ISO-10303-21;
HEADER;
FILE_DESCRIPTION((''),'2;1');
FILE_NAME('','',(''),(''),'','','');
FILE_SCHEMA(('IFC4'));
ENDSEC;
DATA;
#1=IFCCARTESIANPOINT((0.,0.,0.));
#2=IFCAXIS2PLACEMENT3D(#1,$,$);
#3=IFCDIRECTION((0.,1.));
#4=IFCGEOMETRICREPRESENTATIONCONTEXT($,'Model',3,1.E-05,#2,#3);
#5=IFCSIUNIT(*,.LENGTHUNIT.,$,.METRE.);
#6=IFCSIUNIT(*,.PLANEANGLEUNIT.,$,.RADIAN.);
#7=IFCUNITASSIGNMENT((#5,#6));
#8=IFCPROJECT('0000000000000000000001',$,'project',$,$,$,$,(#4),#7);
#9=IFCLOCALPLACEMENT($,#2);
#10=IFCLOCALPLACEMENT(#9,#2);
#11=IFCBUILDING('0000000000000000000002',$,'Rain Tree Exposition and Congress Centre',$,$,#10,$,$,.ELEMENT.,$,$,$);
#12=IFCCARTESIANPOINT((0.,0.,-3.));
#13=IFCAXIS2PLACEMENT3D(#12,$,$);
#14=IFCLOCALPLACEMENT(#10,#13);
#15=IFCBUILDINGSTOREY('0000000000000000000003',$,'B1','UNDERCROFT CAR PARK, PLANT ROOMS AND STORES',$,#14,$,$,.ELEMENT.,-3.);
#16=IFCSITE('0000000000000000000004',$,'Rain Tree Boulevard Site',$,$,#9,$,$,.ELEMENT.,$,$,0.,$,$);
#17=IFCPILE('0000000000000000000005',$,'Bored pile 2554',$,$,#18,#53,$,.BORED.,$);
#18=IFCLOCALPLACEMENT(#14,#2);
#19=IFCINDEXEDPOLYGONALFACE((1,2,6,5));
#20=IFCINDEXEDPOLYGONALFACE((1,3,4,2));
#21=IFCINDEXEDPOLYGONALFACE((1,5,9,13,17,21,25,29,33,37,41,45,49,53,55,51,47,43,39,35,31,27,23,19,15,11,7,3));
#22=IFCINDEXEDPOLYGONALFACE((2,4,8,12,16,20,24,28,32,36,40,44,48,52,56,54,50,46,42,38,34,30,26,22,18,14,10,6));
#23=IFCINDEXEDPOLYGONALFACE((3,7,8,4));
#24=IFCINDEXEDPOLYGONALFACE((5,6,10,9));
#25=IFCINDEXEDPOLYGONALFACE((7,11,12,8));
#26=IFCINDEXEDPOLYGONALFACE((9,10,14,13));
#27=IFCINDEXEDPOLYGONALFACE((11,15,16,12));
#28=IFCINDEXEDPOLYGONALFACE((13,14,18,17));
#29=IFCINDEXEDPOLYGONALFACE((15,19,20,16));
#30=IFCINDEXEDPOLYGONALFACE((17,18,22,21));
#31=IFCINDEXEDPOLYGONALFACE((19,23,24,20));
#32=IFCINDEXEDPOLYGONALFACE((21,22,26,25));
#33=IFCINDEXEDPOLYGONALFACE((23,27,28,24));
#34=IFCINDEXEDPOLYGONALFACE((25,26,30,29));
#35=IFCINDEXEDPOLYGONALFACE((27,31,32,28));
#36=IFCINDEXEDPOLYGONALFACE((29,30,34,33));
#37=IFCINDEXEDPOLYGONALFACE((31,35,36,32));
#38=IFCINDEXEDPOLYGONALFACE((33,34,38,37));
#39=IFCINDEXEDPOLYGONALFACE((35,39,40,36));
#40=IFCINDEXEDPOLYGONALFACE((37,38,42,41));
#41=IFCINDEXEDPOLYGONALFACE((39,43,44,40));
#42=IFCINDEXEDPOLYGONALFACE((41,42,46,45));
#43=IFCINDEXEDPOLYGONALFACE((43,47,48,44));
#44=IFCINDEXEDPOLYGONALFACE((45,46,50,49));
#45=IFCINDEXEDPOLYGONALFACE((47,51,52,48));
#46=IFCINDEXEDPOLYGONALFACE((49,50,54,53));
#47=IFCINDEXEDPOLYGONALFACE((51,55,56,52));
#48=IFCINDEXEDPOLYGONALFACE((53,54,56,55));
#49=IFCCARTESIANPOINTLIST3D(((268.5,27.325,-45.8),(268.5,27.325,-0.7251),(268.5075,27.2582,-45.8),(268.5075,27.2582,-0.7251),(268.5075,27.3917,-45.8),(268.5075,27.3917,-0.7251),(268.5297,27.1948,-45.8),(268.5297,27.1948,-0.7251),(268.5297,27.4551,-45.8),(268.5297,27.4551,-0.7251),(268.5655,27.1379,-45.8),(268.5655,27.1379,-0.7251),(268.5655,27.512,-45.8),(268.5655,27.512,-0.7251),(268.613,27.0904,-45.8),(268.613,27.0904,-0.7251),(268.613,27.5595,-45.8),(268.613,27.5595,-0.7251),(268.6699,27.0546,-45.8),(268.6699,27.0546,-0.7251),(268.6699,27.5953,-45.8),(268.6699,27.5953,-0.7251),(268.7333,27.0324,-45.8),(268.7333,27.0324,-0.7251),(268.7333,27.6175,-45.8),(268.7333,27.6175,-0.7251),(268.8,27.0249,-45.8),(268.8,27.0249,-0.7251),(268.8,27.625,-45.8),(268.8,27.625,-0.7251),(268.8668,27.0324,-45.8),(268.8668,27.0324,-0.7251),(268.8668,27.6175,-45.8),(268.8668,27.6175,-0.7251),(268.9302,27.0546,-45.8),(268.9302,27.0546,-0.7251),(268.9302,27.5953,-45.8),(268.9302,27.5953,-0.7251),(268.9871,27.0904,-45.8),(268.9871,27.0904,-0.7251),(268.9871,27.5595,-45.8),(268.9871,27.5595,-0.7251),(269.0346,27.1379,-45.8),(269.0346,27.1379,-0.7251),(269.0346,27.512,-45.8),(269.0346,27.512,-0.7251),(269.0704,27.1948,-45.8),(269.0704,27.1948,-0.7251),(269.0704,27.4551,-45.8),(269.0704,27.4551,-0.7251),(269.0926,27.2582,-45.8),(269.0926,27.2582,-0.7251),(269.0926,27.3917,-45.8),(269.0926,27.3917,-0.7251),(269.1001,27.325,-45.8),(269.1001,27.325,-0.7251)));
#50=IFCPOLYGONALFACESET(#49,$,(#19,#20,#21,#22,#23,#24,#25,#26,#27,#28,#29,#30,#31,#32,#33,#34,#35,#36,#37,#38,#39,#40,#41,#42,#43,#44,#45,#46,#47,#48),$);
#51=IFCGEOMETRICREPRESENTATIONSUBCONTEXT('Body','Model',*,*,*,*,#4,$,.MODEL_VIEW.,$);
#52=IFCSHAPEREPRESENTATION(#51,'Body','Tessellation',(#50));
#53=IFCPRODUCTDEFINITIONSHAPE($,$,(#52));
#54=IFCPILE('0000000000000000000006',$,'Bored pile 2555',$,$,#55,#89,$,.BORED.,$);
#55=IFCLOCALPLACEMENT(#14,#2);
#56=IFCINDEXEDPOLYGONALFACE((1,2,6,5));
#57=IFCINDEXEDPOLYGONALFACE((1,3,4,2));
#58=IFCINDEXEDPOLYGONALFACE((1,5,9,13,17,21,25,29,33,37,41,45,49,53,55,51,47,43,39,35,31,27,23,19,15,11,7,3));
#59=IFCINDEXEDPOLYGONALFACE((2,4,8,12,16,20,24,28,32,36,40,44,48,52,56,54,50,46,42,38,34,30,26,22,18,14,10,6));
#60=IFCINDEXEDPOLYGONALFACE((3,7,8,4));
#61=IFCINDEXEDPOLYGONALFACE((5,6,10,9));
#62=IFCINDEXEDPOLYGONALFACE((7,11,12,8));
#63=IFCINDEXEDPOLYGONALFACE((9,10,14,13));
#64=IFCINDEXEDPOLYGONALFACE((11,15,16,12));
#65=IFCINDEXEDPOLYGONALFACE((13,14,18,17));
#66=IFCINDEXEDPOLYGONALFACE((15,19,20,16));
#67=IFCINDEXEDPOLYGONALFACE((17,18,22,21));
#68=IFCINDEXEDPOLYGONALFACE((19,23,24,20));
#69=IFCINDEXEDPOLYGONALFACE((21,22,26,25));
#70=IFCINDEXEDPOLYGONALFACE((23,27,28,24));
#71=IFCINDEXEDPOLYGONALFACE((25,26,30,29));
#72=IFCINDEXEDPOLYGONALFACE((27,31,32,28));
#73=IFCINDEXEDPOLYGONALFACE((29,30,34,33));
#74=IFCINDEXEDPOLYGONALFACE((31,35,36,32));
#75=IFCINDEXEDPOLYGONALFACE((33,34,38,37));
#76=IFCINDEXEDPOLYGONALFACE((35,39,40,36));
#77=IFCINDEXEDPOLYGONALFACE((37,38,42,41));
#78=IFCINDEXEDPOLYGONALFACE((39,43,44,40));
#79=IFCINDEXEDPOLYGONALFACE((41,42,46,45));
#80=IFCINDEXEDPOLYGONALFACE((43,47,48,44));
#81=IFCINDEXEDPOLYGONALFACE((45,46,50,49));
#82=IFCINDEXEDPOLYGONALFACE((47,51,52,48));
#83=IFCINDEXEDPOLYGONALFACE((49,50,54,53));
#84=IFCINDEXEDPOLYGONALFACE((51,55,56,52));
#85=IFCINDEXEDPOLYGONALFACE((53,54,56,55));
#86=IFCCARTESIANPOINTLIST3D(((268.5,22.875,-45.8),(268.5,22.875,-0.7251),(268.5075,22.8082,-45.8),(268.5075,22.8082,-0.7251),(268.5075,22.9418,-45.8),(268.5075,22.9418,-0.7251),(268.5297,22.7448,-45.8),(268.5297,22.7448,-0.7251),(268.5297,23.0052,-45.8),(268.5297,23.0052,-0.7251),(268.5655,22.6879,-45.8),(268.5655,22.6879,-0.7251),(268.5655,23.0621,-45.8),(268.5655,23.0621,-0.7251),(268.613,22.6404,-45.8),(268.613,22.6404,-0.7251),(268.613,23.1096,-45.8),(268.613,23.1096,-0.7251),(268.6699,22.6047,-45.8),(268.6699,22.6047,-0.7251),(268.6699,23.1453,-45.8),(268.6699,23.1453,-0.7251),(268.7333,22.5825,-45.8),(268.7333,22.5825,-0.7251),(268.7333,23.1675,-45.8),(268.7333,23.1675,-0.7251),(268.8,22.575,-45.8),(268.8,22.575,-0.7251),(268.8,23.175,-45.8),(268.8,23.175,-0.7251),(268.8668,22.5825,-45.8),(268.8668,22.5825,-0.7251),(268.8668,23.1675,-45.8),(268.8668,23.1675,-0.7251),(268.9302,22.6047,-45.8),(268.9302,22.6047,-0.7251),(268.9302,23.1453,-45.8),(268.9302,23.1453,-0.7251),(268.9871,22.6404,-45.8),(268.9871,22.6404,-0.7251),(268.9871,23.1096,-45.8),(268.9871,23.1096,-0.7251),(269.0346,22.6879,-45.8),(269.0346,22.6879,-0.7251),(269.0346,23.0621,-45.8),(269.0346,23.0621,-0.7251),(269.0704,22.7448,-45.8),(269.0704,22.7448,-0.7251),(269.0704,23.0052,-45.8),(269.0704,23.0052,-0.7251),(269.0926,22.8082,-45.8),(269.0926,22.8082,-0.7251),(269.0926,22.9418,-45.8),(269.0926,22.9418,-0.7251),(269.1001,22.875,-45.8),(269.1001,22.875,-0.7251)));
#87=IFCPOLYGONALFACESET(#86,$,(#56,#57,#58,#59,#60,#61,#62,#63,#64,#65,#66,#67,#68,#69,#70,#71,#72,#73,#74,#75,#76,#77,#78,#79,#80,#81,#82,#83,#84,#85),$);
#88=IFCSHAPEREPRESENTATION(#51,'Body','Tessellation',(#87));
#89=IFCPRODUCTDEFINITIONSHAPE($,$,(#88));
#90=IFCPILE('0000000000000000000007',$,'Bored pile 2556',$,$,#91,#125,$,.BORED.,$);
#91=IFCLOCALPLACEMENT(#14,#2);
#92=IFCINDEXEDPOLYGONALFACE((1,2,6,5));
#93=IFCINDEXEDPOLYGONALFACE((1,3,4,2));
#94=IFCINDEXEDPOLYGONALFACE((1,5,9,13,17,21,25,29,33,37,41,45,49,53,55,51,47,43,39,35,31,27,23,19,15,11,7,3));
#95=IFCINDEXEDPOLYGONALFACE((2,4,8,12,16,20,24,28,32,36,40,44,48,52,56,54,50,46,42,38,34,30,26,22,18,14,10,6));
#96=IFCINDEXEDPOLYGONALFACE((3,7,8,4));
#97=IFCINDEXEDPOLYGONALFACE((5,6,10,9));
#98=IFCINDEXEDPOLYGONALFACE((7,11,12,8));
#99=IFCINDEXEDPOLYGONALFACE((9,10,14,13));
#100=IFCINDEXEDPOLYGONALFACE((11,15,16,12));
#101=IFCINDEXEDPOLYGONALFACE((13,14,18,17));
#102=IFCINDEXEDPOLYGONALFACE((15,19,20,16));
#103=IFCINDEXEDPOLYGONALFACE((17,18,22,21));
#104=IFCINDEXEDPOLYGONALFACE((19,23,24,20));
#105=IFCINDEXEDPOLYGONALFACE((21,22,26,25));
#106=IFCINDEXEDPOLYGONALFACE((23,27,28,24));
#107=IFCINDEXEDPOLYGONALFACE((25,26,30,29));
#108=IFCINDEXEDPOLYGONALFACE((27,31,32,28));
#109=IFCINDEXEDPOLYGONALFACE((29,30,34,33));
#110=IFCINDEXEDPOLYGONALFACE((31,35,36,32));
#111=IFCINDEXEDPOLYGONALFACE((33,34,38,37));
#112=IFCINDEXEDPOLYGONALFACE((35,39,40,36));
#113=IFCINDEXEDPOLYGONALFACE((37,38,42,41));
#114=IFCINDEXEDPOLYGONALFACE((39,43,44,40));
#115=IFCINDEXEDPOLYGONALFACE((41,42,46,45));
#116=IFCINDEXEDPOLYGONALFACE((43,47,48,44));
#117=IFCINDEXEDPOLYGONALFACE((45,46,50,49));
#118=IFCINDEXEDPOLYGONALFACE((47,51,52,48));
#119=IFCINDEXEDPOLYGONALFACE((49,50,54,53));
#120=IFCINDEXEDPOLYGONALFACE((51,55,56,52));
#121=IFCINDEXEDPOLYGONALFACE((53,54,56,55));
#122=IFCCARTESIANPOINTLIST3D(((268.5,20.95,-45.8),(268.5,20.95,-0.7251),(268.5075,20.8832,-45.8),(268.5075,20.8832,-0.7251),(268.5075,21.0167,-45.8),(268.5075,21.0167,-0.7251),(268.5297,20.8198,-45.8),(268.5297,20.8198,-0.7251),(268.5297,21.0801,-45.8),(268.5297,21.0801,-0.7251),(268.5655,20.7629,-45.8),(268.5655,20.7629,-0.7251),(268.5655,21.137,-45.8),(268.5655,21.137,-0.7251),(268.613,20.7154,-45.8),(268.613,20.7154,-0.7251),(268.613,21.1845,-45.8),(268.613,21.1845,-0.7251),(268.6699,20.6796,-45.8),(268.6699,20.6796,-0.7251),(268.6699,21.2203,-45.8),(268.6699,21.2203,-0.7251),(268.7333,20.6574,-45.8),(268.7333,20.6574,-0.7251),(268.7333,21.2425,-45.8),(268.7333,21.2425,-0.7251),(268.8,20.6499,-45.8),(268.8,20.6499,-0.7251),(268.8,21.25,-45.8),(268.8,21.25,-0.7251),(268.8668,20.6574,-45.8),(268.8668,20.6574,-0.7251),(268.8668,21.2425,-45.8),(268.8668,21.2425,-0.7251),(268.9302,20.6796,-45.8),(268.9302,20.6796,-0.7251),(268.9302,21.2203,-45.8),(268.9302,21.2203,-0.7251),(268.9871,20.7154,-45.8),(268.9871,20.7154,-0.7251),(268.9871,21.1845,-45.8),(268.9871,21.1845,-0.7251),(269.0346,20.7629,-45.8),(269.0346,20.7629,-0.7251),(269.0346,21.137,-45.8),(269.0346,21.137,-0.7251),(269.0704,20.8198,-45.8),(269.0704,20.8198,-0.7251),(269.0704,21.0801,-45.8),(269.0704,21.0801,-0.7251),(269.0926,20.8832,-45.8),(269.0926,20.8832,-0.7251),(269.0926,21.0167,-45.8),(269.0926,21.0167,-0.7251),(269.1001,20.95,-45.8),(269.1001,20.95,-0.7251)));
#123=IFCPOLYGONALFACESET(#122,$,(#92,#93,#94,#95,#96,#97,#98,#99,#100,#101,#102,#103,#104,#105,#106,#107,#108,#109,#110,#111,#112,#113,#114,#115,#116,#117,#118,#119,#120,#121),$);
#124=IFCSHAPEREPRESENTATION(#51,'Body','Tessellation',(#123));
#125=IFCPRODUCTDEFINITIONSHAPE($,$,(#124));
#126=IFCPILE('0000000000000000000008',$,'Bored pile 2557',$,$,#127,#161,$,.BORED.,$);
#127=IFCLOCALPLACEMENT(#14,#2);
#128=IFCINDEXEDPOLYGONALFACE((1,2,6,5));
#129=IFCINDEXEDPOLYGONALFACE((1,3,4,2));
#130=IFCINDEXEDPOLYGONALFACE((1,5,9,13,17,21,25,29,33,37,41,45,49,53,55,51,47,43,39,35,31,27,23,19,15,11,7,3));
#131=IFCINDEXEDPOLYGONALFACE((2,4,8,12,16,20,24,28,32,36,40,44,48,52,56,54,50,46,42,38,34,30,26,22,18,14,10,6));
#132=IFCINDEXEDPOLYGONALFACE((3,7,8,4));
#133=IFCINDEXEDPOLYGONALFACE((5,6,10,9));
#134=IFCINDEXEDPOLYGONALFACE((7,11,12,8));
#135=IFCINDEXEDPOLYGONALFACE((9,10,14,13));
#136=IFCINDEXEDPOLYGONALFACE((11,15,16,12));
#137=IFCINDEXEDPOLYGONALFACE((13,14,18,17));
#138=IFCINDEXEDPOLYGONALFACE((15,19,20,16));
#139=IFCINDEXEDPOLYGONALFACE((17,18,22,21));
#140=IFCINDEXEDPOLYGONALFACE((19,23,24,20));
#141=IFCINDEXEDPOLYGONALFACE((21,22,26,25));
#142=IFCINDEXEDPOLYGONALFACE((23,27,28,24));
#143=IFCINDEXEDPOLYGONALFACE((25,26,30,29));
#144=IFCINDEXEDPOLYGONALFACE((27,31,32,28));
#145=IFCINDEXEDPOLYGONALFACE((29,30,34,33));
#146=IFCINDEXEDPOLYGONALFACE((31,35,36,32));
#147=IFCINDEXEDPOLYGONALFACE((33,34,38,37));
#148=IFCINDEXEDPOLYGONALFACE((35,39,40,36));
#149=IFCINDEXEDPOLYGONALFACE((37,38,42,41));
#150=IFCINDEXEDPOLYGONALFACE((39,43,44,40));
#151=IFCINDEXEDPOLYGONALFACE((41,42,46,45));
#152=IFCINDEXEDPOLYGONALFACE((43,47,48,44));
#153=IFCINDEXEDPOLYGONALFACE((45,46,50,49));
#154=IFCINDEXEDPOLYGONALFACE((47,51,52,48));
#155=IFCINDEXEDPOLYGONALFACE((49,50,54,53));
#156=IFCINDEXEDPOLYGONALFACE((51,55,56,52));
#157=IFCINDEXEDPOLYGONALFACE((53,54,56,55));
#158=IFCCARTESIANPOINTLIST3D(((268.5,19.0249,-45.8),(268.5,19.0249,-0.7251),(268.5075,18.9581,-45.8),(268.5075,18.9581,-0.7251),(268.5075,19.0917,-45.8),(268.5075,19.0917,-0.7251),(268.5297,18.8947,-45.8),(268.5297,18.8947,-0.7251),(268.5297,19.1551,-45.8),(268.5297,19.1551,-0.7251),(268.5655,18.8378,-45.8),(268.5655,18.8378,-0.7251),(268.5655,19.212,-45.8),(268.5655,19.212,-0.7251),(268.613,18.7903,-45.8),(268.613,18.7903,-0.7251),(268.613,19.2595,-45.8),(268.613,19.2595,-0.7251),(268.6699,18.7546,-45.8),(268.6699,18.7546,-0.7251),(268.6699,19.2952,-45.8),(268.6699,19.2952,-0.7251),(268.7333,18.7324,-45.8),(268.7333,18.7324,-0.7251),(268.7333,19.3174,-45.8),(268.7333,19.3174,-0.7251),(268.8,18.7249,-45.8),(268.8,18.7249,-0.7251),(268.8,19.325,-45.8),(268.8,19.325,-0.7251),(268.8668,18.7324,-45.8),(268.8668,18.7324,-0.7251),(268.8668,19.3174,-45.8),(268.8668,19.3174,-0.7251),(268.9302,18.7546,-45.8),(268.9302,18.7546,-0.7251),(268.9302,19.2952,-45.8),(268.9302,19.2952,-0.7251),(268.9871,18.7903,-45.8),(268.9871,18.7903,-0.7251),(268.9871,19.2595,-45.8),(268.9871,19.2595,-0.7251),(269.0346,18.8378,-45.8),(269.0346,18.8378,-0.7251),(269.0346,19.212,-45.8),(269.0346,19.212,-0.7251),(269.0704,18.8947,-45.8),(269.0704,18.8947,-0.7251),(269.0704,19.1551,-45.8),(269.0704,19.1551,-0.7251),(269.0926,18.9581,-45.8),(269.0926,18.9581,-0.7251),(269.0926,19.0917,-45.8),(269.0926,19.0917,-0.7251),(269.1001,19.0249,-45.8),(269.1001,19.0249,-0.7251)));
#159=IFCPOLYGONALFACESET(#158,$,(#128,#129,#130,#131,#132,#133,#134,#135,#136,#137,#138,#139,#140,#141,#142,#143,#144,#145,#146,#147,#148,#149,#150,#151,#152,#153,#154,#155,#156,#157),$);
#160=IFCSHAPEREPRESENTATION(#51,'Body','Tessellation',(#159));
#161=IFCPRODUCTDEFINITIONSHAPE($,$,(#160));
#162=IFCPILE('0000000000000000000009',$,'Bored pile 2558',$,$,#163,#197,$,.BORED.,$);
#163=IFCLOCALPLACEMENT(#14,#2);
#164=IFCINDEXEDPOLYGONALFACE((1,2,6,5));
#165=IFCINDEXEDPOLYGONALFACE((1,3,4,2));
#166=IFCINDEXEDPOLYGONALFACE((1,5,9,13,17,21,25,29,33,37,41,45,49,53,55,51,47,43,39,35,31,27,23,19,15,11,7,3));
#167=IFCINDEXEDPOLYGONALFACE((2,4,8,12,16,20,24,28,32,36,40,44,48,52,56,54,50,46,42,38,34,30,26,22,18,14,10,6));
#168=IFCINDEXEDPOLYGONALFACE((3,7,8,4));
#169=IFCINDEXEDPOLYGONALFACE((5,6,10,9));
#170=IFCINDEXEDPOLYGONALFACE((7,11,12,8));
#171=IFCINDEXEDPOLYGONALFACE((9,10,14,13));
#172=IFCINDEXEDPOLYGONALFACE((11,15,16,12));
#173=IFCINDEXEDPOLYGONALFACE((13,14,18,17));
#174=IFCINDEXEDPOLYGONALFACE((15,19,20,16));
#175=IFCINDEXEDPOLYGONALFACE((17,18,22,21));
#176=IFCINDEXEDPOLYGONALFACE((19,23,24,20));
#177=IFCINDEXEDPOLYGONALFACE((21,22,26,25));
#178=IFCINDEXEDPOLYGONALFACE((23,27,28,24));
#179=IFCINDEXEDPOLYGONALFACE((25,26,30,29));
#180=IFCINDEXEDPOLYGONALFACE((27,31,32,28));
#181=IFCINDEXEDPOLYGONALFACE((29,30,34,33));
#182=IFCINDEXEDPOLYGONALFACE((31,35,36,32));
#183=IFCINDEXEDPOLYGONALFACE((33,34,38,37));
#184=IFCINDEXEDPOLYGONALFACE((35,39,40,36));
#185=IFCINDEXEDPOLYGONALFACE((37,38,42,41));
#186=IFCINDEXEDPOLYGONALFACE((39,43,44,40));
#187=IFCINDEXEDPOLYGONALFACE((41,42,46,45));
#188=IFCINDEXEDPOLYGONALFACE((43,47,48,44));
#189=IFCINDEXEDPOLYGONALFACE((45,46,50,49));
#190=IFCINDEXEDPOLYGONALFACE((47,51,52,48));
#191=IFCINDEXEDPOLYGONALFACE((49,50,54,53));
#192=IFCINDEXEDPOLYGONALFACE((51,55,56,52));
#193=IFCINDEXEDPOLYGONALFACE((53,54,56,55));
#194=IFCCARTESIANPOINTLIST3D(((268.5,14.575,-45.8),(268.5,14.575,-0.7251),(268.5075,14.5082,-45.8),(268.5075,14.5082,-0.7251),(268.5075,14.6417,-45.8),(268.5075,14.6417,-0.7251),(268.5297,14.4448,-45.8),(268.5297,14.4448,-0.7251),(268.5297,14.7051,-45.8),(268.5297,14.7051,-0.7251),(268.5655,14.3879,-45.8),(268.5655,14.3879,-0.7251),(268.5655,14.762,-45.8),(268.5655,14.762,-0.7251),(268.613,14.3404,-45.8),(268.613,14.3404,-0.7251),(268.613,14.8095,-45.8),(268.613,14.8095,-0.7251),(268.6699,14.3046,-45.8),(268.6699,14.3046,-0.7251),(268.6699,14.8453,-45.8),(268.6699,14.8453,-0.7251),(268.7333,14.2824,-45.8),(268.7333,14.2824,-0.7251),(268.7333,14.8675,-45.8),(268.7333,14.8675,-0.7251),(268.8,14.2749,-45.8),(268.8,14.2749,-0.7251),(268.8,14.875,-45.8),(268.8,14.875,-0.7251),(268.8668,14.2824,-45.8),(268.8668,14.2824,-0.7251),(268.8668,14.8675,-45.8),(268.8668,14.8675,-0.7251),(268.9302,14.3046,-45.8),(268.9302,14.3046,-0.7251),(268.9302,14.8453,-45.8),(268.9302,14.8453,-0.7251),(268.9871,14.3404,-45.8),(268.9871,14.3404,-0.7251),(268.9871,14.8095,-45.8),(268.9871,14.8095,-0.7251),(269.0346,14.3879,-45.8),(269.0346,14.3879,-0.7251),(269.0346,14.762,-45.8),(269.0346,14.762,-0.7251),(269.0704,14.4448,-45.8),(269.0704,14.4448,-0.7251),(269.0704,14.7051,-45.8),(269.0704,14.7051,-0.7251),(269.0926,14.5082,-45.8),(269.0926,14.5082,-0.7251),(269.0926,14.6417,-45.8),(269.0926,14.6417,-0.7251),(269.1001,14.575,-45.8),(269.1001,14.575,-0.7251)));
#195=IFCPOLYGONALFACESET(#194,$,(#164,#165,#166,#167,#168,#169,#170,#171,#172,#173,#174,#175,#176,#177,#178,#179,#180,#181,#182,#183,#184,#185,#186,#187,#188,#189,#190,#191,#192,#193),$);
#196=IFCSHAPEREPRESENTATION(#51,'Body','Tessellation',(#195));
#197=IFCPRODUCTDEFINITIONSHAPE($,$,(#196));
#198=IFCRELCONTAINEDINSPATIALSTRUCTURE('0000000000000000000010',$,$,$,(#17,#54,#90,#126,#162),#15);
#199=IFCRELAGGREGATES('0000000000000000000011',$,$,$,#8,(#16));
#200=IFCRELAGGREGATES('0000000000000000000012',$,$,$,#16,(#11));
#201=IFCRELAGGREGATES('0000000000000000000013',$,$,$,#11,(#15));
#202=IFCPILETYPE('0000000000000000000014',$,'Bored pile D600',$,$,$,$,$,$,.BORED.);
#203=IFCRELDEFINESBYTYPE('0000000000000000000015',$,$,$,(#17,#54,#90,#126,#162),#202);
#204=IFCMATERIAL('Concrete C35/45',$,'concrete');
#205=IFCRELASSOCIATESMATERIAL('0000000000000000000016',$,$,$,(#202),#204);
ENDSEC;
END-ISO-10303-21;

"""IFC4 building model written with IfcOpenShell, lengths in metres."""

from ifc_helpers import new_model, si_unit, direction, frame, origin, origin_2d, place, context, subcontext, project, spatial, circle, extrude, material, material_profile, profile_set, type_object, element, save


model = new_model("IFC4")

# Units and contexts
model_context = context("Model", 3, precision=1e-05, world=origin(), true_north=direction((0.0, 1.0)))
body_context = subcontext(model_context, "Body", "Model", "MODEL_VIEW")
ifc_project = project(units=[si_unit("LENGTHUNIT", "METRE"), si_unit("PLANEANGLEUNIT", "RADIAN")], contexts=[model_context])

# Site, building, storey
site_placement = place(None, origin())
site = spatial("IfcSite", under=ifc_project, at=site_placement, Name="Rain Tree Boulevard Site", CompositionType="ELEMENT", RefElevation=0.0)
building_placement = place(site_placement, origin())
building = spatial("IfcBuilding", under=site, at=building_placement, Name="Rain Tree Exposition and Congress Centre", CompositionType="ELEMENT")
storey_placement = place(building_placement, frame((0.0, 0.0, -3.0)))
storey = spatial("IfcBuildingStorey", under=building, at=storey_placement, Name="B1", Description="UNDERCROFT CAR PARK, PLANT ROOMS AND STORES", CompositionType="ELEMENT", Elevation=-3.0)

# Piles
ifc_material_1 = material(Name="Concrete C35/45", Category="concrete")
ifc_material_profile = material_profile(ifc_material_1, circle(Radius=0.3, at=origin_2d()), Name="D600")
ifc_profile_set = profile_set([ifc_material_profile], Name="Concrete C35/45")
pile_type = type_object("IfcPileType", Name="Bored pile D600", PredefinedType="BORED", material=ifc_profile_set)
for number, where, z_axis, x_axis, name in (
    (1, (268.8, 27.325, -0.7251), (0.0, 0.0, -1.0), (1.0, 0.0, 0.0), "Bored pile 2554"),
    (2, (268.8, 22.875, -0.7251), (0.0, 0.0, -1.0), (1.0, 0.0, 0.0), "Bored pile 2555"),
    (3, (268.8, 20.95, -0.7251), (0.0, 0.0, -1.0), (1.0, 0.0, 0.0), "Bored pile 2556"),
    (4, (268.8, 19.0249, -0.7251), (0.0, 0.0, -1.0), (1.0, 0.0, 0.0), "Bored pile 2557"),
    (5, (268.8, 14.575, -0.7251), (0.0, 0.0, -1.0), (1.0, 0.0, 0.0), "Bored pile 2558"),
):
    element("IfcPile", number, at=place(storey_placement, frame(where, z_axis=z_axis, x_axis=x_axis)), inside=storey, type_object=pile_type, Name=name, PredefinedType="BORED", context=body_context, shape_type="SweptSolid", body=[
        extrude(circle(Radius=0.3, at=origin_2d()), origin(), (0.0, 0.0, 1.0), 45.075),
    ])

save(model, "model.ifc")
